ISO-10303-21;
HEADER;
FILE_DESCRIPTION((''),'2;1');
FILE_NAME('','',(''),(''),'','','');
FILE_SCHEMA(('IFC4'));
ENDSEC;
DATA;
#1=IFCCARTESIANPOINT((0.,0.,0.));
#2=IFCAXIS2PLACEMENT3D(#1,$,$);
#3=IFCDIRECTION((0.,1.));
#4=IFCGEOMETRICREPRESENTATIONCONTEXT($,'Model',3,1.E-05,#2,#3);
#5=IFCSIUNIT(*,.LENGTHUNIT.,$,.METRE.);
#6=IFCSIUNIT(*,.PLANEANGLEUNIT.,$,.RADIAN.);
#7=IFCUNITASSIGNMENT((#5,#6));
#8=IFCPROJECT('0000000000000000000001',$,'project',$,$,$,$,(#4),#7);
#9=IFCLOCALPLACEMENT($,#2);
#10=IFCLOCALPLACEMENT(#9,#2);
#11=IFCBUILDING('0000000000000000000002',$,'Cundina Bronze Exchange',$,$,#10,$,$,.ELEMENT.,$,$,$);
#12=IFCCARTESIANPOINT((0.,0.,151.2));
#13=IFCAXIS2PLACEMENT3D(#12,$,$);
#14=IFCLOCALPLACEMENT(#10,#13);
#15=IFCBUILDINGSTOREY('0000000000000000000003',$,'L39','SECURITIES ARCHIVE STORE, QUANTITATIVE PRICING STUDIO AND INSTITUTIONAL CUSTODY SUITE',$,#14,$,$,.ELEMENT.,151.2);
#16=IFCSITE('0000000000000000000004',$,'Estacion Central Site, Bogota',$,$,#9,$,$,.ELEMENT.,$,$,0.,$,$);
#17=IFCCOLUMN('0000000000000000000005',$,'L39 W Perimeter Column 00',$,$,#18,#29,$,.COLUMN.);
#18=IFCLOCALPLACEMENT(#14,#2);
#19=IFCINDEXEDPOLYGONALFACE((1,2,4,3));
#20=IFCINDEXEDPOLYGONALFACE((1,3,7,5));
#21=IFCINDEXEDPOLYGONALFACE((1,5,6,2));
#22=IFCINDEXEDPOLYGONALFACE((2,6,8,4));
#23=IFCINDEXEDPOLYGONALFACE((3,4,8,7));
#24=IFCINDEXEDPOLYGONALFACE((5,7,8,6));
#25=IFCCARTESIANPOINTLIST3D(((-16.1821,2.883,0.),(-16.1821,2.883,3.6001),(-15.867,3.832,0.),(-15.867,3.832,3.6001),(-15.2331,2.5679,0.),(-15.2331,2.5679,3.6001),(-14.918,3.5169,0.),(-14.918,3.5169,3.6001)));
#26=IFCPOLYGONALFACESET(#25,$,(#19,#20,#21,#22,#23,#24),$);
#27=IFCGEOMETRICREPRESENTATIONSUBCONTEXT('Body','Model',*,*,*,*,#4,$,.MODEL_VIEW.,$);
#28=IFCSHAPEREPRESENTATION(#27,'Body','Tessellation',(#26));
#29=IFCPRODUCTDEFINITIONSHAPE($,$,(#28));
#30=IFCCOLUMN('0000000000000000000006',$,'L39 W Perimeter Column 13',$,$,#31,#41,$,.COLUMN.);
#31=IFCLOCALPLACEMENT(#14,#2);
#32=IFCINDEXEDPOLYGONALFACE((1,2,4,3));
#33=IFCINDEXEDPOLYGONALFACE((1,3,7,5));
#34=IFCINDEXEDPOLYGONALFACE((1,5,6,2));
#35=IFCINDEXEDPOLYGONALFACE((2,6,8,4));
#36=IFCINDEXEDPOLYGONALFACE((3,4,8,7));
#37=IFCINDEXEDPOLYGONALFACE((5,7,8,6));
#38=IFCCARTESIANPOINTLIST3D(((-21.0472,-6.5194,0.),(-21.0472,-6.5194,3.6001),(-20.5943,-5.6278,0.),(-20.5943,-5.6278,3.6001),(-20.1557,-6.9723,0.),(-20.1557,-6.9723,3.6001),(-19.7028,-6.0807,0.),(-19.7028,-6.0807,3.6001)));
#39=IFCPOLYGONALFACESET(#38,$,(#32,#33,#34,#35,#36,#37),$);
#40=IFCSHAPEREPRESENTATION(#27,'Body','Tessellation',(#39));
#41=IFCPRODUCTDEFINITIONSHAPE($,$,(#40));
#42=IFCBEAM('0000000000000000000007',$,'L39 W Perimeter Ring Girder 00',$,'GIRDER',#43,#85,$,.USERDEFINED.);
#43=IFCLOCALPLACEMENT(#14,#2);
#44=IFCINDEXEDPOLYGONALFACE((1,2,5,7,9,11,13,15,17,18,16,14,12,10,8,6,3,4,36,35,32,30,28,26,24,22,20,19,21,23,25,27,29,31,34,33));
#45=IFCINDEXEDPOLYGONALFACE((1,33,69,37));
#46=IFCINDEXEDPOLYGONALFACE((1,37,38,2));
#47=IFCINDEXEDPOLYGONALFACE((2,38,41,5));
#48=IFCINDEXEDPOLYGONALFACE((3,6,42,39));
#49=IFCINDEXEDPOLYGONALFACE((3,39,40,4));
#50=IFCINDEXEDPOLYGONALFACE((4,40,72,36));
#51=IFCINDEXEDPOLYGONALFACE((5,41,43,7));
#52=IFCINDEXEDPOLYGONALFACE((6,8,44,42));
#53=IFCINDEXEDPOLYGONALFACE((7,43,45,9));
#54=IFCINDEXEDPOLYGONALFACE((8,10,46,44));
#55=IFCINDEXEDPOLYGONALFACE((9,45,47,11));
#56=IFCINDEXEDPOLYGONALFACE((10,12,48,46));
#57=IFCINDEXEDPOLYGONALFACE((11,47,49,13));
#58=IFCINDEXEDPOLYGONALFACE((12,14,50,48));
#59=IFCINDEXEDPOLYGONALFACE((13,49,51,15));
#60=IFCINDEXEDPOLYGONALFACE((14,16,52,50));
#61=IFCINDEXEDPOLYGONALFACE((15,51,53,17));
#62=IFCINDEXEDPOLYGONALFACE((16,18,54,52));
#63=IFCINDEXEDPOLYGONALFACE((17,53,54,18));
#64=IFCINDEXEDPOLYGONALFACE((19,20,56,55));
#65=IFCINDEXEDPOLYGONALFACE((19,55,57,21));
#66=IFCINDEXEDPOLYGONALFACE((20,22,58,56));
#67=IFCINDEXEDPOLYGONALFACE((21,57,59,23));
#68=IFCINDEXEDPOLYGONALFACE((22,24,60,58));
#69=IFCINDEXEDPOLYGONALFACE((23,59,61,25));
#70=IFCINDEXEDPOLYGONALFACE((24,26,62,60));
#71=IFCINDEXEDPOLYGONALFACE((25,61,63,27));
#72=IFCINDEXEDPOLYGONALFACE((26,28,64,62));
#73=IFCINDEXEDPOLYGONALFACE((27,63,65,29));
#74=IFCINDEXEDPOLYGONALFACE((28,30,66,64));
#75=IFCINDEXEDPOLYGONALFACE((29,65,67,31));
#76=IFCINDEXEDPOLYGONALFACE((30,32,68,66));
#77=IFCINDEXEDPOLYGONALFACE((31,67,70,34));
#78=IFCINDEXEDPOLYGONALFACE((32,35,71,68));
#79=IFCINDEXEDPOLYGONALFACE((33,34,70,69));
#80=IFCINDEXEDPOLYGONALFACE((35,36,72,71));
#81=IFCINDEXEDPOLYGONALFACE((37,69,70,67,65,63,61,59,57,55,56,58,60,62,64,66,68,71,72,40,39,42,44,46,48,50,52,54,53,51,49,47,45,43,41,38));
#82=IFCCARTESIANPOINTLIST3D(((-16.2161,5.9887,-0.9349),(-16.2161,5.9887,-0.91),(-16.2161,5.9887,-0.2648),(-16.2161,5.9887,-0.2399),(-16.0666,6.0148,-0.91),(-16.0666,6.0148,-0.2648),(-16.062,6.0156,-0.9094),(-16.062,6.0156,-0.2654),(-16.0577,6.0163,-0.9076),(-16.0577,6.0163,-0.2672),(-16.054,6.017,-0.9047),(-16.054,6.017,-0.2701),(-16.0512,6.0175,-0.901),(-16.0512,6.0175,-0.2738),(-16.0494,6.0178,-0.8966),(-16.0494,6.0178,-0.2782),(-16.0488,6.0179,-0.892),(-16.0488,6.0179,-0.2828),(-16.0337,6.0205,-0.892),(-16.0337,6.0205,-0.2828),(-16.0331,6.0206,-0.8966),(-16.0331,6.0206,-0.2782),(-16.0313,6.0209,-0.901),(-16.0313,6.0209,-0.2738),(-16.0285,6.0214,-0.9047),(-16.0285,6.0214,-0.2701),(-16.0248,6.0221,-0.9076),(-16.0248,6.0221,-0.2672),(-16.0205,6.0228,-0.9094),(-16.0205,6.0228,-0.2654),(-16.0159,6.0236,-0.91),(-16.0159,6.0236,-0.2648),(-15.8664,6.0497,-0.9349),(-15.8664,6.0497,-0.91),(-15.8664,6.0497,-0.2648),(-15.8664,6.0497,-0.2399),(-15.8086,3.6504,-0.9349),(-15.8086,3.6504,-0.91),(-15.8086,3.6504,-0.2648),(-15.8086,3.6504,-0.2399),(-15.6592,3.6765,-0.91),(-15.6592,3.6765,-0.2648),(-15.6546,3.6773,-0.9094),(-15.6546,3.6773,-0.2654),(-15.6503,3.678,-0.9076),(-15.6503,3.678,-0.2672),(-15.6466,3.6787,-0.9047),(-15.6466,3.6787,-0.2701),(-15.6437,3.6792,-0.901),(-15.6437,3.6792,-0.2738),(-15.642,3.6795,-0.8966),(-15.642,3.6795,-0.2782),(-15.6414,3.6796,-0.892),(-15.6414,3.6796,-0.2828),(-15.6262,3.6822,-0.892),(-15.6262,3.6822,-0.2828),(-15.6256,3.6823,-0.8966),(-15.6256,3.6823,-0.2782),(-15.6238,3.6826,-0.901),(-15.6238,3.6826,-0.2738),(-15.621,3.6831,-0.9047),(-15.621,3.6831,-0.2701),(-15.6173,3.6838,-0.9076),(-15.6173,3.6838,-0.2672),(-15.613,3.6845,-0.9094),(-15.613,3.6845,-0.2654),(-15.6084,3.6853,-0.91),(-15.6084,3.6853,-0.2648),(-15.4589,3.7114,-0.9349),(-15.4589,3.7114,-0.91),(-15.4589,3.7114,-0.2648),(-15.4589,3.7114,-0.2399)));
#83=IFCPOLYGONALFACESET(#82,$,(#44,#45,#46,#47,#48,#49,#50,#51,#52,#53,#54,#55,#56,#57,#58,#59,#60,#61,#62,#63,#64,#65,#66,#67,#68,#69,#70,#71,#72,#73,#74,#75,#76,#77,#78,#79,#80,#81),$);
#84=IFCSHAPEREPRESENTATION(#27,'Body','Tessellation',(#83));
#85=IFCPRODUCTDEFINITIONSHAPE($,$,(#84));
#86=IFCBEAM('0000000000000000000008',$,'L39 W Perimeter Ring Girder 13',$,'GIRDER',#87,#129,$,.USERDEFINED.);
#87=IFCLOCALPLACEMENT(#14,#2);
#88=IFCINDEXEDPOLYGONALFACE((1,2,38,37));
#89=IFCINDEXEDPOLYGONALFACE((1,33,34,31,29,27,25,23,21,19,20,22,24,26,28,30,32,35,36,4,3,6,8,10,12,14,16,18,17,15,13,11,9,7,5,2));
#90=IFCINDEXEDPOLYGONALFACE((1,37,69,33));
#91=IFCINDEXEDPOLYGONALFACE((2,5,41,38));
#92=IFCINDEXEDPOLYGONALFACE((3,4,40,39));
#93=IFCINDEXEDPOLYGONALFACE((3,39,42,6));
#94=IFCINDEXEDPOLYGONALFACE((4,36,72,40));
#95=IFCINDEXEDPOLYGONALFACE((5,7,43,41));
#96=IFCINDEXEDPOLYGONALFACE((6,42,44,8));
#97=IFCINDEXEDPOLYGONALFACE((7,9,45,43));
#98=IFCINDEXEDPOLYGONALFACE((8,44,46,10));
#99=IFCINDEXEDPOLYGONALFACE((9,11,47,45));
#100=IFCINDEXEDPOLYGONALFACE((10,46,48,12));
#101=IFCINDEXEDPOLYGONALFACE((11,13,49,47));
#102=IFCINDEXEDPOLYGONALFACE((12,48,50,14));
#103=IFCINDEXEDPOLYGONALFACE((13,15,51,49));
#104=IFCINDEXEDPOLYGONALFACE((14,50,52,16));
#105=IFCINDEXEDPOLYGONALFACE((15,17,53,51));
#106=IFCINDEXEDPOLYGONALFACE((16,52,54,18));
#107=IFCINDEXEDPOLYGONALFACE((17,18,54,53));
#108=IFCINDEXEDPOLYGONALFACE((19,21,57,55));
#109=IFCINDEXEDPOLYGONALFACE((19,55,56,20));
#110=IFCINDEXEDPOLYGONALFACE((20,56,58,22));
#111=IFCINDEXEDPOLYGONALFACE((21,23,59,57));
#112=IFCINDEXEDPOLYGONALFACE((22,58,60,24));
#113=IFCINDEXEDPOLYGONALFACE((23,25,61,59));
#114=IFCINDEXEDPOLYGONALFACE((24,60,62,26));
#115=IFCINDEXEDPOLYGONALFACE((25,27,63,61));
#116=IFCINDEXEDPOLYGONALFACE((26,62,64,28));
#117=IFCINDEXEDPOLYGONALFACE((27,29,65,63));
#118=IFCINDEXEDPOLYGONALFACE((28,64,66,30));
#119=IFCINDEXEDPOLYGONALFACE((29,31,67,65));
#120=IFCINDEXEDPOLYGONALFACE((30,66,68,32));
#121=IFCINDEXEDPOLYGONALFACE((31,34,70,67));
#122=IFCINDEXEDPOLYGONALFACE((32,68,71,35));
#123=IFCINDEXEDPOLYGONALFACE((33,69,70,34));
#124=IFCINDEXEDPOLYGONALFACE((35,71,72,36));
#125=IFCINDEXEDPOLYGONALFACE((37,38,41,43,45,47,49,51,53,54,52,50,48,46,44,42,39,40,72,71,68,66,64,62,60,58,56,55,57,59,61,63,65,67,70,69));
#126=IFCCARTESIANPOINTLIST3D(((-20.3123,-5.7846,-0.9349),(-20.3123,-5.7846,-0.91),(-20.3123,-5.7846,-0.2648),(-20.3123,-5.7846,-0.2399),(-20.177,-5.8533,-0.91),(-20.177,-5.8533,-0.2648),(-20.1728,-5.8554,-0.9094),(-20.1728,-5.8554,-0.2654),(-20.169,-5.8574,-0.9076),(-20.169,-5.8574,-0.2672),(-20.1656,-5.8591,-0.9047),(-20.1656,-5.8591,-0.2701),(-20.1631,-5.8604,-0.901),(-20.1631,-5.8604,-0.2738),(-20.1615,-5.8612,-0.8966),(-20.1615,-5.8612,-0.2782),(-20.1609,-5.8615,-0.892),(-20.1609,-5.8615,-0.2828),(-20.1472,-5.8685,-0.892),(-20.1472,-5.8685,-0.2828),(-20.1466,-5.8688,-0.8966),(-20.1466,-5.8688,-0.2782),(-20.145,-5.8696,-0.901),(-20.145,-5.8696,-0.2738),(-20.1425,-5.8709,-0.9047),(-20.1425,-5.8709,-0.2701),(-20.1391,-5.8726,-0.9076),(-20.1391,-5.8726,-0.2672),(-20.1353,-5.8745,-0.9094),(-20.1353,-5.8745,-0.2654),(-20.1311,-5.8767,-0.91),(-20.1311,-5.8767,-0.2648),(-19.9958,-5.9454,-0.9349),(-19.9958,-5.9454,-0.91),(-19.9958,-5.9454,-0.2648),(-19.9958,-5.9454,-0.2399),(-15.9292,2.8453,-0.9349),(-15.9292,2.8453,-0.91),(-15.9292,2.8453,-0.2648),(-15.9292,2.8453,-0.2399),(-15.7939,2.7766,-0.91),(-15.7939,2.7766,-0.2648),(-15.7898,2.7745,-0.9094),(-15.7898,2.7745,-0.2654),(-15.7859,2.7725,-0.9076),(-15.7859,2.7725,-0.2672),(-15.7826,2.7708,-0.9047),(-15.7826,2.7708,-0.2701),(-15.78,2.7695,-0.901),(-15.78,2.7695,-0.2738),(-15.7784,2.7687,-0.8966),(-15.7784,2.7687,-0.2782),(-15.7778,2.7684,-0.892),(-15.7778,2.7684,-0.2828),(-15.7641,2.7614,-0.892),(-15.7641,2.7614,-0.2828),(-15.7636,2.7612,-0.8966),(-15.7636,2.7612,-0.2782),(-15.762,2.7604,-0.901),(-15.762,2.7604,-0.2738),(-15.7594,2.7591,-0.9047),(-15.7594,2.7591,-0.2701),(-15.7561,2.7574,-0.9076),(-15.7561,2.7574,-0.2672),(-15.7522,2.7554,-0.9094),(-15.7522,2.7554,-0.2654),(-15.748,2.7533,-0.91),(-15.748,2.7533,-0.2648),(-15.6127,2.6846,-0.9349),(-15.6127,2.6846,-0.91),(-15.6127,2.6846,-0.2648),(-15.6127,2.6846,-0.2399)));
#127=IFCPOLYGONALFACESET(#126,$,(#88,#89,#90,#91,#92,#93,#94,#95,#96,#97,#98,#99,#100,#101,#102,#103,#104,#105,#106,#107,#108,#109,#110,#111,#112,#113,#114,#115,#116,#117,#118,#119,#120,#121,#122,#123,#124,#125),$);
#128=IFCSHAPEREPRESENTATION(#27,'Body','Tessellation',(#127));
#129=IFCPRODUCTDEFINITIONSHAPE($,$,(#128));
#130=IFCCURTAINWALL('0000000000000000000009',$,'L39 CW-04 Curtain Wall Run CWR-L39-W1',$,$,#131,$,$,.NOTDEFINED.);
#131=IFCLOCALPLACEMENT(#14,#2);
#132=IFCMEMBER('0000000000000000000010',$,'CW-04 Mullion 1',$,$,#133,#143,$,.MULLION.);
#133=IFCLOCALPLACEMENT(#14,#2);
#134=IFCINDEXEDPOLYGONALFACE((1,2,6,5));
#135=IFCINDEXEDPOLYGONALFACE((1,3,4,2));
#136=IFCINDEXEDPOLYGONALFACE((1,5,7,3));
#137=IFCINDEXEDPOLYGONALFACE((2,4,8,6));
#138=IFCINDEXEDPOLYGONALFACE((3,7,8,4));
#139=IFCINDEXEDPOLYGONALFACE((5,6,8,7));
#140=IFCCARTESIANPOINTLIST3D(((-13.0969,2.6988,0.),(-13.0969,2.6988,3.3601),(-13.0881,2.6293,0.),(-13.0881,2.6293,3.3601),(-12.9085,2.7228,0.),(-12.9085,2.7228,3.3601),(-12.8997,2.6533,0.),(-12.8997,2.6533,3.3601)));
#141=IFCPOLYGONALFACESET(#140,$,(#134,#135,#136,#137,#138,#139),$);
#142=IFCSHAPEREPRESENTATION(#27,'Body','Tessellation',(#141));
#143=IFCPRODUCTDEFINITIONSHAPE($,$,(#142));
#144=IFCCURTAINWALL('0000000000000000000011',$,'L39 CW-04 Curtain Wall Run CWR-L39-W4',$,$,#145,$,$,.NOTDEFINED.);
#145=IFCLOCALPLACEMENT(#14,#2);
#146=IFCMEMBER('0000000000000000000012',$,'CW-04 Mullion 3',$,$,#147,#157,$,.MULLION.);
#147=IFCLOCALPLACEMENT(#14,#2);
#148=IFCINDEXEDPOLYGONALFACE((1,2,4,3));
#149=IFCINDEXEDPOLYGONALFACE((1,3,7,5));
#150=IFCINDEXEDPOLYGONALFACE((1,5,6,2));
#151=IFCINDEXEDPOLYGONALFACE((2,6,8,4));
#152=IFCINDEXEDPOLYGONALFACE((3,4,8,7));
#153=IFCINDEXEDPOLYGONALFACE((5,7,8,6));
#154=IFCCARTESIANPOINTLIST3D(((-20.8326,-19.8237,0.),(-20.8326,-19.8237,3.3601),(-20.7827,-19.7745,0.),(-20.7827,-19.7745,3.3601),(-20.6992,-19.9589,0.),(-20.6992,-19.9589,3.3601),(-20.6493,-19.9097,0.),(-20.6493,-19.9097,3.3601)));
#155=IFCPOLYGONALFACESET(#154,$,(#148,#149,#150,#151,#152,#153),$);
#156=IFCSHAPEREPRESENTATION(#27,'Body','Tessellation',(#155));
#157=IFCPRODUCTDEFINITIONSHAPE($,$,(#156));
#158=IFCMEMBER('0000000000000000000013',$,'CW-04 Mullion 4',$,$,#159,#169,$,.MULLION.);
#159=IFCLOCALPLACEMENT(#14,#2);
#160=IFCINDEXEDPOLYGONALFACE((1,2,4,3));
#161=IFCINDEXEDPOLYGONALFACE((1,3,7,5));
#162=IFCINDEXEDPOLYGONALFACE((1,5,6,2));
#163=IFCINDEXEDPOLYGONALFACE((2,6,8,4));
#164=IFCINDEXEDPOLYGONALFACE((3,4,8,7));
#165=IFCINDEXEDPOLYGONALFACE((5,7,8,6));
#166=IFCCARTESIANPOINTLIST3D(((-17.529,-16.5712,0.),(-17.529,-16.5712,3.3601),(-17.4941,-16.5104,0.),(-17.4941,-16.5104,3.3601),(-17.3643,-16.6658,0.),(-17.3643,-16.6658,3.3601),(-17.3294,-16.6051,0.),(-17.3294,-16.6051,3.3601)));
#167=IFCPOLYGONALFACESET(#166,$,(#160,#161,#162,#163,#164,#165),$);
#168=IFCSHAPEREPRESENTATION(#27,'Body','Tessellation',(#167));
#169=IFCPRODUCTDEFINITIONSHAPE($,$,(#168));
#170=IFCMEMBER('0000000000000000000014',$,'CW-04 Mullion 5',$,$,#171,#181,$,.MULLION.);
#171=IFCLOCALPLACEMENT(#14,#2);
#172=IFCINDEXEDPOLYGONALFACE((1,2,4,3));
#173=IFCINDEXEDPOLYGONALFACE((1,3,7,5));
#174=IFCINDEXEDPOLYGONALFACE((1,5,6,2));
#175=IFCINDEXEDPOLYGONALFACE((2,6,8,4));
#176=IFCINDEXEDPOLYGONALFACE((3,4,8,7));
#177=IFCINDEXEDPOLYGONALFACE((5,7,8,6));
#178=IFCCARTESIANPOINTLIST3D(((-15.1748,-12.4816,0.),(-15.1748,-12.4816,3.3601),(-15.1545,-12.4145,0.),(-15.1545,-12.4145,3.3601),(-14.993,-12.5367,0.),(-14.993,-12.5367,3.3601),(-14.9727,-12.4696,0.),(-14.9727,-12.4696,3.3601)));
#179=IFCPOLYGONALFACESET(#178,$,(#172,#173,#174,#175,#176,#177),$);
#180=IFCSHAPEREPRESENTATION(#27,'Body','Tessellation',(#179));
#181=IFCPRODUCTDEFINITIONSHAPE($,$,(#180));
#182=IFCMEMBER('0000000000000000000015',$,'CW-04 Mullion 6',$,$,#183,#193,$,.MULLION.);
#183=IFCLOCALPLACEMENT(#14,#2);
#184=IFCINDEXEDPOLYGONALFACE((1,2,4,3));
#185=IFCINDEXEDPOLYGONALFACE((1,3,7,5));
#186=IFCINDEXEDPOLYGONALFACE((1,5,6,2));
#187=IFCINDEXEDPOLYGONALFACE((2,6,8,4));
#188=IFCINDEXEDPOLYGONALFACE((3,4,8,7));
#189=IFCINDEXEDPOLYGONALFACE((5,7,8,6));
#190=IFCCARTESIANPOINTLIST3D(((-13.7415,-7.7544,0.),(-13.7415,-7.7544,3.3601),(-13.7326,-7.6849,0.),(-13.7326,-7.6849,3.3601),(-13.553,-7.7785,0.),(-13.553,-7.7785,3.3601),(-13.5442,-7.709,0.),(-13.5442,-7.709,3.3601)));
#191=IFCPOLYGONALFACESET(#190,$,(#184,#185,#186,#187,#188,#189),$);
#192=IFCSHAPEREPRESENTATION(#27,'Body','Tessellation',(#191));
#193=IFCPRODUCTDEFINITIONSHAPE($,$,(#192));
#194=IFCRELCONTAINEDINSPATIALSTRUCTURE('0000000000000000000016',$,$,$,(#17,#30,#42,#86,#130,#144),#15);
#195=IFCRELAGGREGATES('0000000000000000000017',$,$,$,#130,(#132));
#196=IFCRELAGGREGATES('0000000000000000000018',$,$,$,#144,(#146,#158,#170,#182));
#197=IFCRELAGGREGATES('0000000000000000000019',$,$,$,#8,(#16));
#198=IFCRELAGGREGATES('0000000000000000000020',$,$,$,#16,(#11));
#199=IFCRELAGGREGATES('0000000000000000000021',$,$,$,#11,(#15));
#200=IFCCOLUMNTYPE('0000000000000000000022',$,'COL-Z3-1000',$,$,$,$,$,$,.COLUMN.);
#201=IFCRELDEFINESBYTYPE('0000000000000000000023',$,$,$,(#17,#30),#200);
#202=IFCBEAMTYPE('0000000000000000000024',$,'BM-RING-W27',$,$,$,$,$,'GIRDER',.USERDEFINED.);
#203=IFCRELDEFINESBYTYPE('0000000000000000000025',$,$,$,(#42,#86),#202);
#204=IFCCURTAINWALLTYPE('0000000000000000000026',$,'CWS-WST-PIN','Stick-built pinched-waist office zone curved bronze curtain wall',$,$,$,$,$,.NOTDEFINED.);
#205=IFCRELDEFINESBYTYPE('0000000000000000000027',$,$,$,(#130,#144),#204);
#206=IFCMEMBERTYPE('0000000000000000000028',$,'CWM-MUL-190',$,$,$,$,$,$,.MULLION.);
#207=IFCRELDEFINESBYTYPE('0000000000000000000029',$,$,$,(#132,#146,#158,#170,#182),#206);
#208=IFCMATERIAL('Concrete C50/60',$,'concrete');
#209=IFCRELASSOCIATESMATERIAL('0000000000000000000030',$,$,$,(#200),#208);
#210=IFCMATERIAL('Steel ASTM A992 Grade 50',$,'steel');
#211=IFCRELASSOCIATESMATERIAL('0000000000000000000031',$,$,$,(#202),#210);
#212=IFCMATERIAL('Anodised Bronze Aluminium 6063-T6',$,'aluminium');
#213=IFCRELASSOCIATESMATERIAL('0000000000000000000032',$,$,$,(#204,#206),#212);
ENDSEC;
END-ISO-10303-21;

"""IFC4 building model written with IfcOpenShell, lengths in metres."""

from ifc_helpers import new_model, si_unit, direction, frame, origin, origin_2d, place, context, subcontext, project, spatial, rectangle, i_section, extrude, material, material_profile, profile_set, type_object, element, aggregate, save


model = new_model("IFC4")

# Units and contexts
model_context = context("Model", 3, precision=1e-05, world=origin(), true_north=direction((0.0, 1.0)))
body_context = subcontext(model_context, "Body", "Model", "MODEL_VIEW")
ifc_project = project(units=[si_unit("LENGTHUNIT", "METRE"), si_unit("PLANEANGLEUNIT", "RADIAN")], contexts=[model_context])

# Site, building, storey
site_placement = place(None, origin())
site = spatial("IfcSite", under=ifc_project, at=site_placement, Name="Estacion Central Site, Bogota", CompositionType="ELEMENT", RefElevation=0.0)
building_placement = place(site_placement, origin())
building = spatial("IfcBuilding", under=site, at=building_placement, Name="Cundina Bronze Exchange", CompositionType="ELEMENT")
storey_placement = place(building_placement, frame((0.0, 0.0, 151.2)))
storey = spatial("IfcBuildingStorey", under=building, at=storey_placement, Name="L39", Description="SECURITIES ARCHIVE STORE, QUANTITATIVE PRICING STUDIO AND INSTITUTIONAL CUSTODY SUITE", CompositionType="ELEMENT", Elevation=151.2)

# Columns
ifc_material_1 = material(Name="Concrete C50/60", Category="concrete")
ifc_material_profile_1 = material_profile(ifc_material_1, rectangle(XDim=1.0, YDim=1.0, at=origin_2d()), Name="RC1000X1000", Category="concrete")
ifc_profile_set_1 = profile_set([ifc_material_profile_1], Name="Concrete C50/60")
column_type = type_object("IfcColumnType", Name="COL-Z3-1000", PredefinedType="COLUMN", material=ifc_profile_set_1)
for number, where, z_axis, x_axis, name in (
    (1, (-15.55, 3.2, 0.0), (0.0, 0.0, 1.0), (0.315152, 0.949041, 0.0), "L39 W Perimeter Column 00"),
    (2, (-20.375, -6.3, 0.0), (0.0, 0.0, 1.0), (0.452902, 0.891561, 0.0), "L39 W Perimeter Column 13"),
):
    element("IfcColumn", number, at=place(storey_placement, frame(where, z_axis=z_axis, x_axis=x_axis)), inside=storey, type_object=column_type, Name=name, PredefinedType="COLUMN", context=body_context, shape_type="SweptSolid", body=[
        extrude(rectangle(XDim=1.0, YDim=1.0, at=origin_2d()), origin(), (0.0, 0.0, 1.0), 3.6001),
    ])

# Beams
ifc_material_2 = material(Name="Steel ASTM A992 Grade 50", Category="steel")
ifc_material_profile_2 = material_profile(ifc_material_2, i_section(OverallWidth=0.355, OverallDepth=0.6951, WebThickness=0.0154, FlangeThickness=0.0249, FilletRadius=0.0181, at=origin_2d()), Name="W27X146", Category="steel")
ifc_profile_set_2 = profile_set([ifc_material_profile_2], Name="Steel ASTM A992 Grade 50")
beam_type = type_object("IfcBeamType", Name="BM-RING-W27", ElementType="GIRDER", PredefinedType="USERDEFINED", material=ifc_profile_set_2)
beam_1_placement = place(storey_placement, frame((-15.6338, 3.6809, -0.5874), z_axis=(-0.171667, 0.985155, 0.0), x_axis=(-0.985155, -0.171667, 0.0)))
element("IfcBeam", 3, at=beam_1_placement, inside=storey, type_object=beam_type, Name="L39 W Perimeter Ring Girder 00", ObjectType="GIRDER", PredefinedType="USERDEFINED", context=body_context, shape_type="SweptSolid", body=[
    extrude(i_section(OverallWidth=0.355, OverallDepth=0.6951, WebThickness=0.0154, FlangeThickness=0.0249, FilletRadius=0.0181, at=origin_2d()), origin(), (0.0, 0.0, 1.0), 2.3735),
])
beam_2_placement = place(storey_placement, frame((-20.1541, -5.865, -0.5874), z_axis=(0.452835, 0.891595, 0.0), x_axis=(-0.891595, 0.452835, 0.0)))
element("IfcBeam", 4, at=beam_2_placement, inside=storey, type_object=beam_type, Name="L39 W Perimeter Ring Girder 13", ObjectType="GIRDER", PredefinedType="USERDEFINED", context=body_context, shape_type="SweptSolid", body=[
    extrude(i_section(OverallWidth=0.355, OverallDepth=0.6951, WebThickness=0.0154, FlangeThickness=0.0249, FilletRadius=0.0181, at=origin_2d()), origin(), (0.0, 0.0, 1.0), 9.6792),
])

# Curtain wall, member
ifc_material_3 = material(Name="Anodised Bronze Aluminium 6063-T6", Category="aluminium")
curtain_wall_type = type_object("IfcCurtainWallType", Name="CWS-WST-PIN", Description="Stick-built pinched-waist office zone curved bronze curtain wall", PredefinedType="NOTDEFINED", material=ifc_material_3)
curtain_wall_1_placement = place(storey_placement, origin())
curtain_wall_1 = element("IfcCurtainWall", 5, at=curtain_wall_1_placement, inside=storey, type_object=curtain_wall_type, Name="L39 CW-04 Curtain Wall Run CWR-L39-W1", PredefinedType="NOTDEFINED")
ifc_material_profile_3 = material_profile(ifc_material_3, rectangle(XDim=0.0701, YDim=0.1899, at=origin_2d()), Name="AL70X190", Category="aluminium")
ifc_profile_set_3 = profile_set([ifc_material_profile_3], Name="Anodised Bronze Aluminium 6063-T6")
member_type_1 = type_object("IfcMemberType", Name="CWM-MUL-190", PredefinedType="MULLION", material=ifc_profile_set_3)
member_1_placement = place(storey_placement, frame((-12.9983, 2.676, 0.0), z_axis=(0.0, 0.0, 1.0), x_axis=(-0.126545, 0.991961, 0.0)))
member_1 = element("IfcMember", 6, at=member_1_placement, type_object=member_type_1, Name="CW-04 Mullion 1", PredefinedType="MULLION", context=body_context, shape_type="SweptSolid", body=[
    extrude(rectangle(XDim=0.0701, YDim=0.1899, at=origin_2d()), origin(), (0.0, 0.0, 1.0), 3.3601),
])

# Curtain wall, members
curtain_wall_2_placement = place(storey_placement, origin())
curtain_wall_2 = element("IfcCurtainWall", 7, at=curtain_wall_2_placement, inside=storey, type_object=curtain_wall_type, Name="L39 CW-04 Curtain Wall Run CWR-L39-W4", PredefinedType="NOTDEFINED")
member_2_placement = place(storey_placement, frame((-20.741, -19.8667, 0.0), z_axis=(0.0, 0.0, 1.0), x_axis=(0.712026, 0.702153, 0.0)))
member_2 = element("IfcMember", 8, at=member_2_placement, type_object=member_type_1, Name="CW-04 Mullion 3", PredefinedType="MULLION", context=body_context, shape_type="SweptSolid", body=[
    extrude(rectangle(XDim=0.0701, YDim=0.1899, at=origin_2d()), origin(), (0.0, 0.0, 1.0), 3.3601),
])
member_3_placement = place(storey_placement, frame((-17.4292, -16.5881, 0.0), z_axis=(0.0, 0.0, 1.0), x_axis=(0.498488, 0.866897, 0.0)))
member_3 = element("IfcMember", 9, at=member_3_placement, type_object=member_type_1, Name="CW-04 Mullion 4", PredefinedType="MULLION", context=body_context, shape_type="SweptSolid", body=[
    extrude(rectangle(XDim=0.0701, YDim=0.1899, at=origin_2d()), origin(), (0.0, 0.0, 1.0), 3.3601),
])
member_4_placement = place(storey_placement, frame((-15.0737, -12.4756, 0.0), z_axis=(0.0, 0.0, 1.0), x_axis=(0.290034, 0.957016, 0.0)))
member_4 = element("IfcMember", 10, at=member_4_placement, type_object=member_type_1, Name="CW-04 Mullion 5", PredefinedType="MULLION", context=body_context, shape_type="SweptSolid", body=[
    extrude(rectangle(XDim=0.0701, YDim=0.1899, at=origin_2d()), origin(), (0.0, 0.0, 1.0), 3.3601),
])
member_5_placement = place(storey_placement, frame((-13.6428, -7.7317, 0.0), z_axis=(0.0, 0.0, 1.0), x_axis=(0.126545, 0.991961, 0.0)))
member_5 = element("IfcMember", 11, at=member_5_placement, type_object=member_type_1, Name="CW-04 Mullion 6", PredefinedType="MULLION", context=body_context, shape_type="SweptSolid", body=[
    extrude(rectangle(XDim=0.0701, YDim=0.1899, at=origin_2d()), origin(), (0.0, 0.0, 1.0), 3.3601),
])

aggregate(curtain_wall_1, [member_1])
aggregate(curtain_wall_2, [member_2, member_3, member_4, member_5])

save(model, "model.ifc")
